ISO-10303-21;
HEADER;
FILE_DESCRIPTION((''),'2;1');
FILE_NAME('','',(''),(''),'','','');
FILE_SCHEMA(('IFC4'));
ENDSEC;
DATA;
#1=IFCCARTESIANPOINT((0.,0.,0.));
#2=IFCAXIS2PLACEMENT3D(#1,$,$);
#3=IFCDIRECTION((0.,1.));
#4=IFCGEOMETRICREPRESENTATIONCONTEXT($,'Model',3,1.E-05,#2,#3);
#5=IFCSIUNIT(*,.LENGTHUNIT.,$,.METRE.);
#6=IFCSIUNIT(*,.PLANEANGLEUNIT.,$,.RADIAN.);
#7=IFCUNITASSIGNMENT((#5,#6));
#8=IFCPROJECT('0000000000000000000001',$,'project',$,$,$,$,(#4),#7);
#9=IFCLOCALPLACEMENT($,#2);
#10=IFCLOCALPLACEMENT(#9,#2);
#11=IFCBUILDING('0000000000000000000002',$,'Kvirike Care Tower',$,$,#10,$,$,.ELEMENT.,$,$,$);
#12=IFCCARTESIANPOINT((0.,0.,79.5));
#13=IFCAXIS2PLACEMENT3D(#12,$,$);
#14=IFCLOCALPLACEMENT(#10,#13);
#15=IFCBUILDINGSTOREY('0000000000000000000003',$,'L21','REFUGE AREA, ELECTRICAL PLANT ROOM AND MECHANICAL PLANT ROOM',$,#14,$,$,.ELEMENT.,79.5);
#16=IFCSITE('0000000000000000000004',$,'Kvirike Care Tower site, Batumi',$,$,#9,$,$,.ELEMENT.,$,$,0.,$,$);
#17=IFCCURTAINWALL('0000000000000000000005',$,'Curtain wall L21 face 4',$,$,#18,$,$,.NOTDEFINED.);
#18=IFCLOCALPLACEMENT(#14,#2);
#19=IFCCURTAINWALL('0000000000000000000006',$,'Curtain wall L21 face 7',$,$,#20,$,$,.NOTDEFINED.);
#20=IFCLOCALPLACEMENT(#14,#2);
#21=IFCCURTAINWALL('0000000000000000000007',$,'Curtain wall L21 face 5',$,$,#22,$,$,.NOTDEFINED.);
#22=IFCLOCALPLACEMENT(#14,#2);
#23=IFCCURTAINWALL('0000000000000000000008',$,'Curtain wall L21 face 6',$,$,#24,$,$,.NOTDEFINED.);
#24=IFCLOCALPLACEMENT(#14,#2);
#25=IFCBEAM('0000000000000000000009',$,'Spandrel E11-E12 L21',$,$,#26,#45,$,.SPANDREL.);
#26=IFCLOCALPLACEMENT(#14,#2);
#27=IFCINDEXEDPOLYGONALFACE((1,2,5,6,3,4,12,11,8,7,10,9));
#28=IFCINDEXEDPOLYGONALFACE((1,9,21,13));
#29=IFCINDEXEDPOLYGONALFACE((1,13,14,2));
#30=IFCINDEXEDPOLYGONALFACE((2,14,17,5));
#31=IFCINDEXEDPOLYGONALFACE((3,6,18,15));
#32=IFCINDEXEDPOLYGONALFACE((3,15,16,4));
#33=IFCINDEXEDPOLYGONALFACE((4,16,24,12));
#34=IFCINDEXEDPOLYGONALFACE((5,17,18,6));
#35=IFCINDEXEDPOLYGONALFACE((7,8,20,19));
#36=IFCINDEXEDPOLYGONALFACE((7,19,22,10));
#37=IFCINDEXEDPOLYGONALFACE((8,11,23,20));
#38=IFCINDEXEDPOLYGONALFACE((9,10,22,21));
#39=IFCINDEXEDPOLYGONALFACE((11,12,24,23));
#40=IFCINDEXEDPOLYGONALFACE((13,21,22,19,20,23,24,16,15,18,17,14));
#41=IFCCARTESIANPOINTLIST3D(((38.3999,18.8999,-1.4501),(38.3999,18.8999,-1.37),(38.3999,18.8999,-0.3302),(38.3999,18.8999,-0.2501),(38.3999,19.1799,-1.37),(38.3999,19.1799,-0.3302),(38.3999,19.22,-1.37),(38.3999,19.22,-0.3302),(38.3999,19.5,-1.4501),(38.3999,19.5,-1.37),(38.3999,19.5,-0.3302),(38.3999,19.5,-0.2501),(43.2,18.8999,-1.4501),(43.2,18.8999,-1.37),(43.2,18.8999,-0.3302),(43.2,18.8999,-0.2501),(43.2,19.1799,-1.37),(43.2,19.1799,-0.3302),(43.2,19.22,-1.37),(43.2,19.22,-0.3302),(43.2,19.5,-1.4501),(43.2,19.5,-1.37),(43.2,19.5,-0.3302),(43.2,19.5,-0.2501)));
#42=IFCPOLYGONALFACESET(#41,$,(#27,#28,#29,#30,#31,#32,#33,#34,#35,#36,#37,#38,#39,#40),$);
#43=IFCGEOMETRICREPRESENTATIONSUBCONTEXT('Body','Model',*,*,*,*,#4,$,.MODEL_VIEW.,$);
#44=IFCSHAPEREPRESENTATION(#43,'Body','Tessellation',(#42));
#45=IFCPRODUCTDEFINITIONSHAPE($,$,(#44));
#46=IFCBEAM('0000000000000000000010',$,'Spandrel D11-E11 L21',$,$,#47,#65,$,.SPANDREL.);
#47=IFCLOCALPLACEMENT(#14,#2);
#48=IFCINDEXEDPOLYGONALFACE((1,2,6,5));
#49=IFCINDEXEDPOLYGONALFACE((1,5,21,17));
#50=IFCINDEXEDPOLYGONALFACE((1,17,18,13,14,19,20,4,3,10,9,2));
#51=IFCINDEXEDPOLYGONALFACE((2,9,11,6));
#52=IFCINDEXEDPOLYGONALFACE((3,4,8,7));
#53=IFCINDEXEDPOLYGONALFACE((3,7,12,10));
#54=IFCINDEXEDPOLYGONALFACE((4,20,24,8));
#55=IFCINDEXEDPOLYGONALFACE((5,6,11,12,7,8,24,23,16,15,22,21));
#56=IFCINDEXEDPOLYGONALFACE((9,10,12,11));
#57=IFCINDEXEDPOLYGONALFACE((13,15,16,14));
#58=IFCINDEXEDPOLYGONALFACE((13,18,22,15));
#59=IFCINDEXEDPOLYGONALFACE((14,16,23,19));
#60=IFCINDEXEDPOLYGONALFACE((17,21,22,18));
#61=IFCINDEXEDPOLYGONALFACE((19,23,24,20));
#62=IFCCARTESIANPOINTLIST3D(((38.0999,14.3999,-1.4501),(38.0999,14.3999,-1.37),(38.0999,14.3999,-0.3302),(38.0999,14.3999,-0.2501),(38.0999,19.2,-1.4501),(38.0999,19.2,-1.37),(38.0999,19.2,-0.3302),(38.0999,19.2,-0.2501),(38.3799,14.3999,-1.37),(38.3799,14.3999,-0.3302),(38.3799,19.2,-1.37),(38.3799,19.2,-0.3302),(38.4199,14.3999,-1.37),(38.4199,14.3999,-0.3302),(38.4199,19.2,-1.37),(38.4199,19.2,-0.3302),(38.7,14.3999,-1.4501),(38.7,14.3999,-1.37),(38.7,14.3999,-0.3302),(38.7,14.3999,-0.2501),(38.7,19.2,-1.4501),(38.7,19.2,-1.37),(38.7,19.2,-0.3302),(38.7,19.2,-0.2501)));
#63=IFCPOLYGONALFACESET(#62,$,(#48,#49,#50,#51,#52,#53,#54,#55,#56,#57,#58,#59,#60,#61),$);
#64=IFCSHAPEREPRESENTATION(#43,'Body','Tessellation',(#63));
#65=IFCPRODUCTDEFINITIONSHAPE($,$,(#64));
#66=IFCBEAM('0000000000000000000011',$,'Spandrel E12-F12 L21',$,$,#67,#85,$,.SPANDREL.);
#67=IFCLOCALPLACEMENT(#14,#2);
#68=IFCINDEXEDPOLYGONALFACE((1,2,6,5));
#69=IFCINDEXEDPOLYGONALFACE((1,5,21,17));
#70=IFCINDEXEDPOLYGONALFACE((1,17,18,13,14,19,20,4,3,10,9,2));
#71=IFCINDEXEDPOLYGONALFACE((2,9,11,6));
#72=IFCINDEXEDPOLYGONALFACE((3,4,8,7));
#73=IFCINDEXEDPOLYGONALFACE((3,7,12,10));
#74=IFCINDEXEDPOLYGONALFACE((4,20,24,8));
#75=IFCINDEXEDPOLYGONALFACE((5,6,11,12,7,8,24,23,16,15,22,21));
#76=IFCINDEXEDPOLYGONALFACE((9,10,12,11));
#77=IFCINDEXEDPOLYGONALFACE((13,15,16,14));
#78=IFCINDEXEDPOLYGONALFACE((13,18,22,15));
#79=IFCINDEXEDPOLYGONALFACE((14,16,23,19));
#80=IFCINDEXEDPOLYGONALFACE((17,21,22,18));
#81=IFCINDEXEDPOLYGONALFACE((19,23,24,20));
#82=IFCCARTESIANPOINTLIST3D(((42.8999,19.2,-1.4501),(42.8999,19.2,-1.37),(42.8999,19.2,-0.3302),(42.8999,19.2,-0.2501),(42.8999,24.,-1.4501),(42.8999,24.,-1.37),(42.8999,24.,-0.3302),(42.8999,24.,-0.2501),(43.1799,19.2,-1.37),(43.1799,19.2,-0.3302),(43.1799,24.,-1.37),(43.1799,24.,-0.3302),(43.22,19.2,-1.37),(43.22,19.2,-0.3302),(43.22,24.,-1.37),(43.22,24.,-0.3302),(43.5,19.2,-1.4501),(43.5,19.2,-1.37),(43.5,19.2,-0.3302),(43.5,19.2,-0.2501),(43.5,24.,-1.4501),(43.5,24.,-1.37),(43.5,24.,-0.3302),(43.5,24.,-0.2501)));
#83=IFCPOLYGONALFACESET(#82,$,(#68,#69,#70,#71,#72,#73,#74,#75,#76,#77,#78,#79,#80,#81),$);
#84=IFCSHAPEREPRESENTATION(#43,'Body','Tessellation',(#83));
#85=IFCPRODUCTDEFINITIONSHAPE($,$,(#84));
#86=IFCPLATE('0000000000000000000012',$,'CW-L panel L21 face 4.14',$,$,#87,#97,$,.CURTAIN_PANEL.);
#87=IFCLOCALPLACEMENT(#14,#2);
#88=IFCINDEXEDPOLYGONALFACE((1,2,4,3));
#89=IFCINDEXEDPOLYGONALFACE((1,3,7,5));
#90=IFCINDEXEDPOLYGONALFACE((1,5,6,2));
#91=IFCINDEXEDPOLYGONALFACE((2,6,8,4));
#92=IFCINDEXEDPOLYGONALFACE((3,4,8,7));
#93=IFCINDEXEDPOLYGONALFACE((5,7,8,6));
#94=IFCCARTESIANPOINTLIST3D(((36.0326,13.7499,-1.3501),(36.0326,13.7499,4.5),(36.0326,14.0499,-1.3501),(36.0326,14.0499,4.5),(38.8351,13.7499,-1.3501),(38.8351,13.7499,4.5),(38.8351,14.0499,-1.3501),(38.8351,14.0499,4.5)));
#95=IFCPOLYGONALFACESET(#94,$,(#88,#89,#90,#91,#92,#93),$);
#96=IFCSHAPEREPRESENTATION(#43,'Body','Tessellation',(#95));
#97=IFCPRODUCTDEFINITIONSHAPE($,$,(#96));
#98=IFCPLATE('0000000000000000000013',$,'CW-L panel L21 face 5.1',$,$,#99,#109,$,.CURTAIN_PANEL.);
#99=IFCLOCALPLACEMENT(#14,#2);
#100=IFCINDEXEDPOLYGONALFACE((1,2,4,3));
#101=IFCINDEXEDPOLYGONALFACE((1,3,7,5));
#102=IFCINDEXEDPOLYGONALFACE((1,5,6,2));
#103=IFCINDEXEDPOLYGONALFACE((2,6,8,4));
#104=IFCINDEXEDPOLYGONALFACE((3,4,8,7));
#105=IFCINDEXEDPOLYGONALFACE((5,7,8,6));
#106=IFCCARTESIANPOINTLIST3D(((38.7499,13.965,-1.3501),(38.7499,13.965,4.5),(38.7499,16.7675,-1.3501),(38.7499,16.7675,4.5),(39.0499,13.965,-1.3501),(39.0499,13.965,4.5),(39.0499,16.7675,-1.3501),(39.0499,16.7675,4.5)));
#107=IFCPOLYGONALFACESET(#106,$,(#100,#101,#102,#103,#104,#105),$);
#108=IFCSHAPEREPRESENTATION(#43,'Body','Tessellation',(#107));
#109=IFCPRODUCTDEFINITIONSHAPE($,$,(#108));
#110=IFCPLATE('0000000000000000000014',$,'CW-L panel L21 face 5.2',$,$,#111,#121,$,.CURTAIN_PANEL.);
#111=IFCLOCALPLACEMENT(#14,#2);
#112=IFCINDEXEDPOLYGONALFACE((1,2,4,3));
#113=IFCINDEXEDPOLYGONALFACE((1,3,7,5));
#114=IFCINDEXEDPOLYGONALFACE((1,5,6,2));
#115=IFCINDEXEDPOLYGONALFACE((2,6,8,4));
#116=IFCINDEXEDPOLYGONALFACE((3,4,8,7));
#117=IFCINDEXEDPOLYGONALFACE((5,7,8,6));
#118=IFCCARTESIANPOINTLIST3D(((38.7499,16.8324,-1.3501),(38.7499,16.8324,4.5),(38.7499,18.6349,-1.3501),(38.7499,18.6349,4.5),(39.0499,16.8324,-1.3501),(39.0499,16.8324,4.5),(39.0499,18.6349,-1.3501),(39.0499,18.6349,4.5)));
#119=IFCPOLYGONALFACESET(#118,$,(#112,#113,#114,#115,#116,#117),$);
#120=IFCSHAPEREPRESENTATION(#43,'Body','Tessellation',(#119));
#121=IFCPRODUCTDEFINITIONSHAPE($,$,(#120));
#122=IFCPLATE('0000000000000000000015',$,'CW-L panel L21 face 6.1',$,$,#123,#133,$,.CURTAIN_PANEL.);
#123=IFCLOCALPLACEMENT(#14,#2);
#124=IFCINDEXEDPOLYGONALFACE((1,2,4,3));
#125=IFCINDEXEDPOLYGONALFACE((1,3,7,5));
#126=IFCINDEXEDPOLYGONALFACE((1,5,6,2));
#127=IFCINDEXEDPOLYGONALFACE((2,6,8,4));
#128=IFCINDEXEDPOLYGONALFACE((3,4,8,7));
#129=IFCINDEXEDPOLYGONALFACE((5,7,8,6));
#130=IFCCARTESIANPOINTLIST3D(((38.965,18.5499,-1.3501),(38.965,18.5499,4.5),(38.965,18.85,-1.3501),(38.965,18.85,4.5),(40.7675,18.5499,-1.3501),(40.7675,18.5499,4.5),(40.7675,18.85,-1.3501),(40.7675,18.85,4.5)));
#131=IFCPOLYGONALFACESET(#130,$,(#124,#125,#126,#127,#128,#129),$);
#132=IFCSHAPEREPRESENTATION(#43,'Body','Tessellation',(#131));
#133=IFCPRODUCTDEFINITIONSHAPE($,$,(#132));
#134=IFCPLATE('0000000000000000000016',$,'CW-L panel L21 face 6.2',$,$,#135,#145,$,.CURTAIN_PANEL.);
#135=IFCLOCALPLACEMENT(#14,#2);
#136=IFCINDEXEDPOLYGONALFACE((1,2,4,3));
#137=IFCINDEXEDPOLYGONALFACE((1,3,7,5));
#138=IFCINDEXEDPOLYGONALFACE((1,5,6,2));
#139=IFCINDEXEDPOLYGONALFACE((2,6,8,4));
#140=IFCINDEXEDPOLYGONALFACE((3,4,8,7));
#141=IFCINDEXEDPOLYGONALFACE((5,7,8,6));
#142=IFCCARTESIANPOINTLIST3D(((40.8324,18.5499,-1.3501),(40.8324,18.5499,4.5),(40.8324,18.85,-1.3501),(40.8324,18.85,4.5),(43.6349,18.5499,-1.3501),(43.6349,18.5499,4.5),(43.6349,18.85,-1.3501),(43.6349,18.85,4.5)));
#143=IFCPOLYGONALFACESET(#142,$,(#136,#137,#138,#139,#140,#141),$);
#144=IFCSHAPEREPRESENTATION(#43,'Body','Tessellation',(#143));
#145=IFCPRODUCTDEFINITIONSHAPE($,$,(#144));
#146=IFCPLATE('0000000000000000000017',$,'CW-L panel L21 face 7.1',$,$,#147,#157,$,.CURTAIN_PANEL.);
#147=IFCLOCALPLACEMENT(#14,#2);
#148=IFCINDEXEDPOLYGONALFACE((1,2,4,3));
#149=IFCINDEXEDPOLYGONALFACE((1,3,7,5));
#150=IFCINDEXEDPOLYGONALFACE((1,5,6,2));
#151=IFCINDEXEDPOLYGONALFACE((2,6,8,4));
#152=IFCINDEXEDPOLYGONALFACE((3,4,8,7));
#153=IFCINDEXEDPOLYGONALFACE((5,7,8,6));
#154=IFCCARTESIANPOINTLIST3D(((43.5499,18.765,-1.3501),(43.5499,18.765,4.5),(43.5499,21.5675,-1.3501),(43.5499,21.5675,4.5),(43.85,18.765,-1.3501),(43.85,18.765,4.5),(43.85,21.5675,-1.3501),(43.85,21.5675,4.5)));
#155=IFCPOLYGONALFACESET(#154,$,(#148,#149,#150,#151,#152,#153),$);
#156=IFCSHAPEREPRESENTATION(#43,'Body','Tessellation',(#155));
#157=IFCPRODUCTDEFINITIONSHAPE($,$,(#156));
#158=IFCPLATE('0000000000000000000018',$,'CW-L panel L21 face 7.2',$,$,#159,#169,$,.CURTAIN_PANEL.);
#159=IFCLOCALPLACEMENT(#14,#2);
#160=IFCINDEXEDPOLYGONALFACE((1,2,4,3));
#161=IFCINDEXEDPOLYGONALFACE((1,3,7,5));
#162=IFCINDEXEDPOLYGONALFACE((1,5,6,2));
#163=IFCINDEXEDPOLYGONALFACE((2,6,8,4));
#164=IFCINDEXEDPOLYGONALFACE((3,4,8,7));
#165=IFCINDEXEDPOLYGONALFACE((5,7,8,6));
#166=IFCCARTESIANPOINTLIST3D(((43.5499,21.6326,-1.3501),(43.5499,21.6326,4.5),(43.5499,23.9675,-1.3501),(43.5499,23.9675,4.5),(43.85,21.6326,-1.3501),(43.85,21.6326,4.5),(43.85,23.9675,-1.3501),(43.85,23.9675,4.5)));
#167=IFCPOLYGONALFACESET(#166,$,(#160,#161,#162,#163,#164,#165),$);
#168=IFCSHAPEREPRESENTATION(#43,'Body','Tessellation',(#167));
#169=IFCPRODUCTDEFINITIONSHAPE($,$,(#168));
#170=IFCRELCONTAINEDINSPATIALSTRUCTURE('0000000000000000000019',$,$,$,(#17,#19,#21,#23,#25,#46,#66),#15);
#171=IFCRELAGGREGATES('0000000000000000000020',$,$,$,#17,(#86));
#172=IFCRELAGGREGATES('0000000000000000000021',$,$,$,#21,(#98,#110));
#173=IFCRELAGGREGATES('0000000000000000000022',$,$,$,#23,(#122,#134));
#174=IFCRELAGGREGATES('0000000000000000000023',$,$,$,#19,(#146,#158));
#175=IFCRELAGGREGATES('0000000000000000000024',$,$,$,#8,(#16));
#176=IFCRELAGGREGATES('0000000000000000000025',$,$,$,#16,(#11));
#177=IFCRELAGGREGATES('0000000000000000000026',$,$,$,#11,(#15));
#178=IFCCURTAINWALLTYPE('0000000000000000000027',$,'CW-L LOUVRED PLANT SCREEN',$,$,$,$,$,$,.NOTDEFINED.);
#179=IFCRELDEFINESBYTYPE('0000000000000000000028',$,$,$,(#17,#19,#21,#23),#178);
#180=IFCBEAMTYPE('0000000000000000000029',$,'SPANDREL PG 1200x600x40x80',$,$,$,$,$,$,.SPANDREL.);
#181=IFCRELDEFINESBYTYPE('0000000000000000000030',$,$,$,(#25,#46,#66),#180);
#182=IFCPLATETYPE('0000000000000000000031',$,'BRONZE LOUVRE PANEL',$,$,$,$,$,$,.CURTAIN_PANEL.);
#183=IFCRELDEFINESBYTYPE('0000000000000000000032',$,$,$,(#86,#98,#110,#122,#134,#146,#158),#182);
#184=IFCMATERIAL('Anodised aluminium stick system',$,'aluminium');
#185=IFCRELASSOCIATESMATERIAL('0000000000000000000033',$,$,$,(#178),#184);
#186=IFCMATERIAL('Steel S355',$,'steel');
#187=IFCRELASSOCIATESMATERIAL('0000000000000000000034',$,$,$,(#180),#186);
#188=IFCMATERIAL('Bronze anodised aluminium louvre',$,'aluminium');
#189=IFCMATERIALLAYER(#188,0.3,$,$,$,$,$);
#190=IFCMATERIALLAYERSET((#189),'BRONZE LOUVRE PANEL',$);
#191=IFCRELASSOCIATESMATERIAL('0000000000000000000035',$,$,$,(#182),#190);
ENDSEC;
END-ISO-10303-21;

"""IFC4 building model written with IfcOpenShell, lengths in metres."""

from ifc_helpers import new_model, si_unit, direction, frame, origin, origin_2d, place, context, subcontext, project, spatial, rectangle, i_section, extrude, material, layer, layer_set, material_profile, profile_set, type_object, element, aggregate, save


model = new_model("IFC4")

# Units and contexts
model_context = context("Model", 3, precision=1e-05, world=origin(), true_north=direction((0.0, 1.0)))
body_context = subcontext(model_context, "Body", "Model", "MODEL_VIEW")
ifc_project = project(units=[si_unit("LENGTHUNIT", "METRE"), si_unit("PLANEANGLEUNIT", "RADIAN")], contexts=[model_context])

# Site, building, storey
site_placement = place(None, origin())
site = spatial("IfcSite", under=ifc_project, at=site_placement, Name="Kvirike Care Tower site, Batumi", CompositionType="ELEMENT", RefElevation=0.0)
building_placement = place(site_placement, origin())
building = spatial("IfcBuilding", under=site, at=building_placement, Name="Kvirike Care Tower", CompositionType="ELEMENT")
storey_placement = place(building_placement, frame((0.0, 0.0, 79.5)))
storey = spatial("IfcBuildingStorey", under=building, at=storey_placement, Name="L21", Description="REFUGE AREA, ELECTRICAL PLANT ROOM AND MECHANICAL PLANT ROOM", CompositionType="ELEMENT", Elevation=79.5)

# Curtain walls
ifc_material_1 = material(Name="Anodised aluminium stick system", Category="aluminium")
curtain_wall_type = type_object("IfcCurtainWallType", Name="CW-L LOUVRED PLANT SCREEN", PredefinedType="NOTDEFINED", material=ifc_material_1)
curtain_wall_1_placement = place(storey_placement, origin())
curtain_wall_1 = element("IfcCurtainWall", 1, at=curtain_wall_1_placement, inside=storey, type_object=curtain_wall_type, Name="Curtain wall L21 face 4", PredefinedType="NOTDEFINED")
curtain_wall_2_placement = place(storey_placement, origin())
curtain_wall_2 = element("IfcCurtainWall", 2, at=curtain_wall_2_placement, inside=storey, type_object=curtain_wall_type, Name="Curtain wall L21 face 7", PredefinedType="NOTDEFINED")

# Curtain walls
curtain_wall_3_placement = place(storey_placement, origin())
curtain_wall_3 = element("IfcCurtainWall", 3, at=curtain_wall_3_placement, inside=storey, type_object=curtain_wall_type, Name="Curtain wall L21 face 5", PredefinedType="NOTDEFINED")
curtain_wall_4_placement = place(storey_placement, origin())
curtain_wall_4 = element("IfcCurtainWall", 4, at=curtain_wall_4_placement, inside=storey, type_object=curtain_wall_type, Name="Curtain wall L21 face 6", PredefinedType="NOTDEFINED")

# Beams
ifc_material_2 = material(Name="Steel S355", Category="steel")
ifc_material_profile_1 = material_profile(ifc_material_2, i_section(OverallWidth=0.6001, OverallDepth=1.2, WebThickness=0.04, FlangeThickness=0.0801, at=origin_2d()), Name="PG 1200x600x40x80")
ifc_profile_set_1 = profile_set([ifc_material_profile_1], Name="Steel S355")
beam_type = type_object("IfcBeamType", Name="SPANDREL PG 1200x600x40x80", PredefinedType="SPANDREL", material=ifc_profile_set_1)
for number, where, z_axis, x_axis, name in (
    (5, (38.3999, 19.2, -0.8501), (1.0, 0.0, 0.0), (0.0, 1.0, 0.0), "Spandrel E11-E12 L21"),
    (6, (38.3999, 14.3999, -0.8501), (0.0, 1.0, 0.0), (-1.0, 0.0, 0.0), "Spandrel D11-E11 L21"),
    (7, (43.2, 19.2, -0.8501), (0.0, 1.0, 0.0), (-1.0, 0.0, 0.0), "Spandrel E12-F12 L21"),
):
    element("IfcBeam", number, at=place(storey_placement, frame(where, z_axis=z_axis, x_axis=x_axis)), inside=storey, type_object=beam_type, Name=name, PredefinedType="SPANDREL", context=body_context, shape_type="SweptSolid", body=[
        extrude(i_section(OverallWidth=0.6001, OverallDepth=1.2, WebThickness=0.04, FlangeThickness=0.0801, at=origin_2d()), origin(), (0.0, 0.0, 1.0), 4.8),
    ])

# Plates
ifc_material_3 = material(Name="Bronze anodised aluminium louvre", Category="aluminium")
ifc_layer = layer(ifc_material_3, 0.3)
ifc_layer_set = layer_set([ifc_layer], Name="BRONZE LOUVRE PANEL")
plate_type = type_object("IfcPlateType", Name="BRONZE LOUVRE PANEL", PredefinedType="CURTAIN_PANEL", material=ifc_layer_set)
plate_1_placement = place(storey_placement, frame((37.4338, 13.8999, -1.3501), z_axis=(0.0, 0.0, 1.0), x_axis=(1.0, 0.0, 0.0)))
plate_1 = element("IfcPlate", 8, at=plate_1_placement, type_object=plate_type, Name="CW-L panel L21 face 4.14", PredefinedType="CURTAIN_PANEL", context=body_context, shape_type="SweptSolid", body=[
    extrude(rectangle(XDim=2.8025, YDim=0.3, at=origin_2d()), origin(), (0.0, 0.0, 1.0), 5.8501),
])
aggregate(curtain_wall_1, [plate_1])
plate_2_placement = place(storey_placement, frame((38.8999, 15.3662, -1.3501), z_axis=(0.0, 0.0, 1.0), x_axis=(0.0, 1.0, 0.0)))
plate_2 = element("IfcPlate", 9, at=plate_2_placement, type_object=plate_type, Name="CW-L panel L21 face 5.1", PredefinedType="CURTAIN_PANEL", context=body_context, shape_type="SweptSolid", body=[
    extrude(rectangle(XDim=2.8025, YDim=0.3, at=origin_2d()), origin(), (0.0, 0.0, 1.0), 5.8501),
])
plate_3_placement = place(storey_placement, frame((38.8999, 17.7336, -1.3501), z_axis=(0.0, 0.0, 1.0), x_axis=(0.0, 1.0, 0.0)))
plate_3 = element("IfcPlate", 10, at=plate_3_placement, type_object=plate_type, Name="CW-L panel L21 face 5.2", PredefinedType="CURTAIN_PANEL", context=body_context, shape_type="SweptSolid", body=[
    extrude(rectangle(XDim=1.8025, YDim=0.3, at=origin_2d()), origin(), (0.0, 0.0, 1.0), 5.8501),
])
aggregate(curtain_wall_3, [plate_2, plate_3])
plate_4_placement = place(storey_placement, frame((39.8662, 18.7, -1.3501), z_axis=(0.0, 0.0, 1.0), x_axis=(1.0, 0.0, 0.0)))
plate_4 = element("IfcPlate", 11, at=plate_4_placement, type_object=plate_type, Name="CW-L panel L21 face 6.1", PredefinedType="CURTAIN_PANEL", context=body_context, shape_type="SweptSolid", body=[
    extrude(rectangle(XDim=1.8025, YDim=0.3, at=origin_2d()), origin(), (0.0, 0.0, 1.0), 5.8501),
])
plate_5_placement = place(storey_placement, frame((42.2336, 18.7, -1.3501), z_axis=(0.0, 0.0, 1.0), x_axis=(1.0, 0.0, 0.0)))
plate_5 = element("IfcPlate", 12, at=plate_5_placement, type_object=plate_type, Name="CW-L panel L21 face 6.2", PredefinedType="CURTAIN_PANEL", context=body_context, shape_type="SweptSolid", body=[
    extrude(rectangle(XDim=2.8025, YDim=0.3, at=origin_2d()), origin(), (0.0, 0.0, 1.0), 5.8501),
])
aggregate(curtain_wall_4, [plate_4, plate_5])
plate_6_placement = place(storey_placement, frame((43.7, 20.1663, -1.3501), z_axis=(0.0, 0.0, 1.0), x_axis=(0.0, 1.0, 0.0)))
plate_6 = element("IfcPlate", 13, at=plate_6_placement, type_object=plate_type, Name="CW-L panel L21 face 7.1", PredefinedType="CURTAIN_PANEL", context=body_context, shape_type="SweptSolid", body=[
    extrude(rectangle(XDim=2.8025, YDim=0.3, at=origin_2d()), origin(), (0.0, 0.0, 1.0), 5.8501),
])
plate_7_placement = place(storey_placement, frame((43.7, 22.8, -1.3501), z_axis=(0.0, 0.0, 1.0), x_axis=(0.0, 1.0, 0.0)))
plate_7 = element("IfcPlate", 14, at=plate_7_placement, type_object=plate_type, Name="CW-L panel L21 face 7.2", PredefinedType="CURTAIN_PANEL", context=body_context, shape_type="SweptSolid", body=[
    extrude(rectangle(XDim=2.335, YDim=0.3, at=origin_2d()), origin(), (0.0, 0.0, 1.0), 5.8501),
])
aggregate(curtain_wall_2, [plate_6, plate_7])

save(model, "model.ifc")
